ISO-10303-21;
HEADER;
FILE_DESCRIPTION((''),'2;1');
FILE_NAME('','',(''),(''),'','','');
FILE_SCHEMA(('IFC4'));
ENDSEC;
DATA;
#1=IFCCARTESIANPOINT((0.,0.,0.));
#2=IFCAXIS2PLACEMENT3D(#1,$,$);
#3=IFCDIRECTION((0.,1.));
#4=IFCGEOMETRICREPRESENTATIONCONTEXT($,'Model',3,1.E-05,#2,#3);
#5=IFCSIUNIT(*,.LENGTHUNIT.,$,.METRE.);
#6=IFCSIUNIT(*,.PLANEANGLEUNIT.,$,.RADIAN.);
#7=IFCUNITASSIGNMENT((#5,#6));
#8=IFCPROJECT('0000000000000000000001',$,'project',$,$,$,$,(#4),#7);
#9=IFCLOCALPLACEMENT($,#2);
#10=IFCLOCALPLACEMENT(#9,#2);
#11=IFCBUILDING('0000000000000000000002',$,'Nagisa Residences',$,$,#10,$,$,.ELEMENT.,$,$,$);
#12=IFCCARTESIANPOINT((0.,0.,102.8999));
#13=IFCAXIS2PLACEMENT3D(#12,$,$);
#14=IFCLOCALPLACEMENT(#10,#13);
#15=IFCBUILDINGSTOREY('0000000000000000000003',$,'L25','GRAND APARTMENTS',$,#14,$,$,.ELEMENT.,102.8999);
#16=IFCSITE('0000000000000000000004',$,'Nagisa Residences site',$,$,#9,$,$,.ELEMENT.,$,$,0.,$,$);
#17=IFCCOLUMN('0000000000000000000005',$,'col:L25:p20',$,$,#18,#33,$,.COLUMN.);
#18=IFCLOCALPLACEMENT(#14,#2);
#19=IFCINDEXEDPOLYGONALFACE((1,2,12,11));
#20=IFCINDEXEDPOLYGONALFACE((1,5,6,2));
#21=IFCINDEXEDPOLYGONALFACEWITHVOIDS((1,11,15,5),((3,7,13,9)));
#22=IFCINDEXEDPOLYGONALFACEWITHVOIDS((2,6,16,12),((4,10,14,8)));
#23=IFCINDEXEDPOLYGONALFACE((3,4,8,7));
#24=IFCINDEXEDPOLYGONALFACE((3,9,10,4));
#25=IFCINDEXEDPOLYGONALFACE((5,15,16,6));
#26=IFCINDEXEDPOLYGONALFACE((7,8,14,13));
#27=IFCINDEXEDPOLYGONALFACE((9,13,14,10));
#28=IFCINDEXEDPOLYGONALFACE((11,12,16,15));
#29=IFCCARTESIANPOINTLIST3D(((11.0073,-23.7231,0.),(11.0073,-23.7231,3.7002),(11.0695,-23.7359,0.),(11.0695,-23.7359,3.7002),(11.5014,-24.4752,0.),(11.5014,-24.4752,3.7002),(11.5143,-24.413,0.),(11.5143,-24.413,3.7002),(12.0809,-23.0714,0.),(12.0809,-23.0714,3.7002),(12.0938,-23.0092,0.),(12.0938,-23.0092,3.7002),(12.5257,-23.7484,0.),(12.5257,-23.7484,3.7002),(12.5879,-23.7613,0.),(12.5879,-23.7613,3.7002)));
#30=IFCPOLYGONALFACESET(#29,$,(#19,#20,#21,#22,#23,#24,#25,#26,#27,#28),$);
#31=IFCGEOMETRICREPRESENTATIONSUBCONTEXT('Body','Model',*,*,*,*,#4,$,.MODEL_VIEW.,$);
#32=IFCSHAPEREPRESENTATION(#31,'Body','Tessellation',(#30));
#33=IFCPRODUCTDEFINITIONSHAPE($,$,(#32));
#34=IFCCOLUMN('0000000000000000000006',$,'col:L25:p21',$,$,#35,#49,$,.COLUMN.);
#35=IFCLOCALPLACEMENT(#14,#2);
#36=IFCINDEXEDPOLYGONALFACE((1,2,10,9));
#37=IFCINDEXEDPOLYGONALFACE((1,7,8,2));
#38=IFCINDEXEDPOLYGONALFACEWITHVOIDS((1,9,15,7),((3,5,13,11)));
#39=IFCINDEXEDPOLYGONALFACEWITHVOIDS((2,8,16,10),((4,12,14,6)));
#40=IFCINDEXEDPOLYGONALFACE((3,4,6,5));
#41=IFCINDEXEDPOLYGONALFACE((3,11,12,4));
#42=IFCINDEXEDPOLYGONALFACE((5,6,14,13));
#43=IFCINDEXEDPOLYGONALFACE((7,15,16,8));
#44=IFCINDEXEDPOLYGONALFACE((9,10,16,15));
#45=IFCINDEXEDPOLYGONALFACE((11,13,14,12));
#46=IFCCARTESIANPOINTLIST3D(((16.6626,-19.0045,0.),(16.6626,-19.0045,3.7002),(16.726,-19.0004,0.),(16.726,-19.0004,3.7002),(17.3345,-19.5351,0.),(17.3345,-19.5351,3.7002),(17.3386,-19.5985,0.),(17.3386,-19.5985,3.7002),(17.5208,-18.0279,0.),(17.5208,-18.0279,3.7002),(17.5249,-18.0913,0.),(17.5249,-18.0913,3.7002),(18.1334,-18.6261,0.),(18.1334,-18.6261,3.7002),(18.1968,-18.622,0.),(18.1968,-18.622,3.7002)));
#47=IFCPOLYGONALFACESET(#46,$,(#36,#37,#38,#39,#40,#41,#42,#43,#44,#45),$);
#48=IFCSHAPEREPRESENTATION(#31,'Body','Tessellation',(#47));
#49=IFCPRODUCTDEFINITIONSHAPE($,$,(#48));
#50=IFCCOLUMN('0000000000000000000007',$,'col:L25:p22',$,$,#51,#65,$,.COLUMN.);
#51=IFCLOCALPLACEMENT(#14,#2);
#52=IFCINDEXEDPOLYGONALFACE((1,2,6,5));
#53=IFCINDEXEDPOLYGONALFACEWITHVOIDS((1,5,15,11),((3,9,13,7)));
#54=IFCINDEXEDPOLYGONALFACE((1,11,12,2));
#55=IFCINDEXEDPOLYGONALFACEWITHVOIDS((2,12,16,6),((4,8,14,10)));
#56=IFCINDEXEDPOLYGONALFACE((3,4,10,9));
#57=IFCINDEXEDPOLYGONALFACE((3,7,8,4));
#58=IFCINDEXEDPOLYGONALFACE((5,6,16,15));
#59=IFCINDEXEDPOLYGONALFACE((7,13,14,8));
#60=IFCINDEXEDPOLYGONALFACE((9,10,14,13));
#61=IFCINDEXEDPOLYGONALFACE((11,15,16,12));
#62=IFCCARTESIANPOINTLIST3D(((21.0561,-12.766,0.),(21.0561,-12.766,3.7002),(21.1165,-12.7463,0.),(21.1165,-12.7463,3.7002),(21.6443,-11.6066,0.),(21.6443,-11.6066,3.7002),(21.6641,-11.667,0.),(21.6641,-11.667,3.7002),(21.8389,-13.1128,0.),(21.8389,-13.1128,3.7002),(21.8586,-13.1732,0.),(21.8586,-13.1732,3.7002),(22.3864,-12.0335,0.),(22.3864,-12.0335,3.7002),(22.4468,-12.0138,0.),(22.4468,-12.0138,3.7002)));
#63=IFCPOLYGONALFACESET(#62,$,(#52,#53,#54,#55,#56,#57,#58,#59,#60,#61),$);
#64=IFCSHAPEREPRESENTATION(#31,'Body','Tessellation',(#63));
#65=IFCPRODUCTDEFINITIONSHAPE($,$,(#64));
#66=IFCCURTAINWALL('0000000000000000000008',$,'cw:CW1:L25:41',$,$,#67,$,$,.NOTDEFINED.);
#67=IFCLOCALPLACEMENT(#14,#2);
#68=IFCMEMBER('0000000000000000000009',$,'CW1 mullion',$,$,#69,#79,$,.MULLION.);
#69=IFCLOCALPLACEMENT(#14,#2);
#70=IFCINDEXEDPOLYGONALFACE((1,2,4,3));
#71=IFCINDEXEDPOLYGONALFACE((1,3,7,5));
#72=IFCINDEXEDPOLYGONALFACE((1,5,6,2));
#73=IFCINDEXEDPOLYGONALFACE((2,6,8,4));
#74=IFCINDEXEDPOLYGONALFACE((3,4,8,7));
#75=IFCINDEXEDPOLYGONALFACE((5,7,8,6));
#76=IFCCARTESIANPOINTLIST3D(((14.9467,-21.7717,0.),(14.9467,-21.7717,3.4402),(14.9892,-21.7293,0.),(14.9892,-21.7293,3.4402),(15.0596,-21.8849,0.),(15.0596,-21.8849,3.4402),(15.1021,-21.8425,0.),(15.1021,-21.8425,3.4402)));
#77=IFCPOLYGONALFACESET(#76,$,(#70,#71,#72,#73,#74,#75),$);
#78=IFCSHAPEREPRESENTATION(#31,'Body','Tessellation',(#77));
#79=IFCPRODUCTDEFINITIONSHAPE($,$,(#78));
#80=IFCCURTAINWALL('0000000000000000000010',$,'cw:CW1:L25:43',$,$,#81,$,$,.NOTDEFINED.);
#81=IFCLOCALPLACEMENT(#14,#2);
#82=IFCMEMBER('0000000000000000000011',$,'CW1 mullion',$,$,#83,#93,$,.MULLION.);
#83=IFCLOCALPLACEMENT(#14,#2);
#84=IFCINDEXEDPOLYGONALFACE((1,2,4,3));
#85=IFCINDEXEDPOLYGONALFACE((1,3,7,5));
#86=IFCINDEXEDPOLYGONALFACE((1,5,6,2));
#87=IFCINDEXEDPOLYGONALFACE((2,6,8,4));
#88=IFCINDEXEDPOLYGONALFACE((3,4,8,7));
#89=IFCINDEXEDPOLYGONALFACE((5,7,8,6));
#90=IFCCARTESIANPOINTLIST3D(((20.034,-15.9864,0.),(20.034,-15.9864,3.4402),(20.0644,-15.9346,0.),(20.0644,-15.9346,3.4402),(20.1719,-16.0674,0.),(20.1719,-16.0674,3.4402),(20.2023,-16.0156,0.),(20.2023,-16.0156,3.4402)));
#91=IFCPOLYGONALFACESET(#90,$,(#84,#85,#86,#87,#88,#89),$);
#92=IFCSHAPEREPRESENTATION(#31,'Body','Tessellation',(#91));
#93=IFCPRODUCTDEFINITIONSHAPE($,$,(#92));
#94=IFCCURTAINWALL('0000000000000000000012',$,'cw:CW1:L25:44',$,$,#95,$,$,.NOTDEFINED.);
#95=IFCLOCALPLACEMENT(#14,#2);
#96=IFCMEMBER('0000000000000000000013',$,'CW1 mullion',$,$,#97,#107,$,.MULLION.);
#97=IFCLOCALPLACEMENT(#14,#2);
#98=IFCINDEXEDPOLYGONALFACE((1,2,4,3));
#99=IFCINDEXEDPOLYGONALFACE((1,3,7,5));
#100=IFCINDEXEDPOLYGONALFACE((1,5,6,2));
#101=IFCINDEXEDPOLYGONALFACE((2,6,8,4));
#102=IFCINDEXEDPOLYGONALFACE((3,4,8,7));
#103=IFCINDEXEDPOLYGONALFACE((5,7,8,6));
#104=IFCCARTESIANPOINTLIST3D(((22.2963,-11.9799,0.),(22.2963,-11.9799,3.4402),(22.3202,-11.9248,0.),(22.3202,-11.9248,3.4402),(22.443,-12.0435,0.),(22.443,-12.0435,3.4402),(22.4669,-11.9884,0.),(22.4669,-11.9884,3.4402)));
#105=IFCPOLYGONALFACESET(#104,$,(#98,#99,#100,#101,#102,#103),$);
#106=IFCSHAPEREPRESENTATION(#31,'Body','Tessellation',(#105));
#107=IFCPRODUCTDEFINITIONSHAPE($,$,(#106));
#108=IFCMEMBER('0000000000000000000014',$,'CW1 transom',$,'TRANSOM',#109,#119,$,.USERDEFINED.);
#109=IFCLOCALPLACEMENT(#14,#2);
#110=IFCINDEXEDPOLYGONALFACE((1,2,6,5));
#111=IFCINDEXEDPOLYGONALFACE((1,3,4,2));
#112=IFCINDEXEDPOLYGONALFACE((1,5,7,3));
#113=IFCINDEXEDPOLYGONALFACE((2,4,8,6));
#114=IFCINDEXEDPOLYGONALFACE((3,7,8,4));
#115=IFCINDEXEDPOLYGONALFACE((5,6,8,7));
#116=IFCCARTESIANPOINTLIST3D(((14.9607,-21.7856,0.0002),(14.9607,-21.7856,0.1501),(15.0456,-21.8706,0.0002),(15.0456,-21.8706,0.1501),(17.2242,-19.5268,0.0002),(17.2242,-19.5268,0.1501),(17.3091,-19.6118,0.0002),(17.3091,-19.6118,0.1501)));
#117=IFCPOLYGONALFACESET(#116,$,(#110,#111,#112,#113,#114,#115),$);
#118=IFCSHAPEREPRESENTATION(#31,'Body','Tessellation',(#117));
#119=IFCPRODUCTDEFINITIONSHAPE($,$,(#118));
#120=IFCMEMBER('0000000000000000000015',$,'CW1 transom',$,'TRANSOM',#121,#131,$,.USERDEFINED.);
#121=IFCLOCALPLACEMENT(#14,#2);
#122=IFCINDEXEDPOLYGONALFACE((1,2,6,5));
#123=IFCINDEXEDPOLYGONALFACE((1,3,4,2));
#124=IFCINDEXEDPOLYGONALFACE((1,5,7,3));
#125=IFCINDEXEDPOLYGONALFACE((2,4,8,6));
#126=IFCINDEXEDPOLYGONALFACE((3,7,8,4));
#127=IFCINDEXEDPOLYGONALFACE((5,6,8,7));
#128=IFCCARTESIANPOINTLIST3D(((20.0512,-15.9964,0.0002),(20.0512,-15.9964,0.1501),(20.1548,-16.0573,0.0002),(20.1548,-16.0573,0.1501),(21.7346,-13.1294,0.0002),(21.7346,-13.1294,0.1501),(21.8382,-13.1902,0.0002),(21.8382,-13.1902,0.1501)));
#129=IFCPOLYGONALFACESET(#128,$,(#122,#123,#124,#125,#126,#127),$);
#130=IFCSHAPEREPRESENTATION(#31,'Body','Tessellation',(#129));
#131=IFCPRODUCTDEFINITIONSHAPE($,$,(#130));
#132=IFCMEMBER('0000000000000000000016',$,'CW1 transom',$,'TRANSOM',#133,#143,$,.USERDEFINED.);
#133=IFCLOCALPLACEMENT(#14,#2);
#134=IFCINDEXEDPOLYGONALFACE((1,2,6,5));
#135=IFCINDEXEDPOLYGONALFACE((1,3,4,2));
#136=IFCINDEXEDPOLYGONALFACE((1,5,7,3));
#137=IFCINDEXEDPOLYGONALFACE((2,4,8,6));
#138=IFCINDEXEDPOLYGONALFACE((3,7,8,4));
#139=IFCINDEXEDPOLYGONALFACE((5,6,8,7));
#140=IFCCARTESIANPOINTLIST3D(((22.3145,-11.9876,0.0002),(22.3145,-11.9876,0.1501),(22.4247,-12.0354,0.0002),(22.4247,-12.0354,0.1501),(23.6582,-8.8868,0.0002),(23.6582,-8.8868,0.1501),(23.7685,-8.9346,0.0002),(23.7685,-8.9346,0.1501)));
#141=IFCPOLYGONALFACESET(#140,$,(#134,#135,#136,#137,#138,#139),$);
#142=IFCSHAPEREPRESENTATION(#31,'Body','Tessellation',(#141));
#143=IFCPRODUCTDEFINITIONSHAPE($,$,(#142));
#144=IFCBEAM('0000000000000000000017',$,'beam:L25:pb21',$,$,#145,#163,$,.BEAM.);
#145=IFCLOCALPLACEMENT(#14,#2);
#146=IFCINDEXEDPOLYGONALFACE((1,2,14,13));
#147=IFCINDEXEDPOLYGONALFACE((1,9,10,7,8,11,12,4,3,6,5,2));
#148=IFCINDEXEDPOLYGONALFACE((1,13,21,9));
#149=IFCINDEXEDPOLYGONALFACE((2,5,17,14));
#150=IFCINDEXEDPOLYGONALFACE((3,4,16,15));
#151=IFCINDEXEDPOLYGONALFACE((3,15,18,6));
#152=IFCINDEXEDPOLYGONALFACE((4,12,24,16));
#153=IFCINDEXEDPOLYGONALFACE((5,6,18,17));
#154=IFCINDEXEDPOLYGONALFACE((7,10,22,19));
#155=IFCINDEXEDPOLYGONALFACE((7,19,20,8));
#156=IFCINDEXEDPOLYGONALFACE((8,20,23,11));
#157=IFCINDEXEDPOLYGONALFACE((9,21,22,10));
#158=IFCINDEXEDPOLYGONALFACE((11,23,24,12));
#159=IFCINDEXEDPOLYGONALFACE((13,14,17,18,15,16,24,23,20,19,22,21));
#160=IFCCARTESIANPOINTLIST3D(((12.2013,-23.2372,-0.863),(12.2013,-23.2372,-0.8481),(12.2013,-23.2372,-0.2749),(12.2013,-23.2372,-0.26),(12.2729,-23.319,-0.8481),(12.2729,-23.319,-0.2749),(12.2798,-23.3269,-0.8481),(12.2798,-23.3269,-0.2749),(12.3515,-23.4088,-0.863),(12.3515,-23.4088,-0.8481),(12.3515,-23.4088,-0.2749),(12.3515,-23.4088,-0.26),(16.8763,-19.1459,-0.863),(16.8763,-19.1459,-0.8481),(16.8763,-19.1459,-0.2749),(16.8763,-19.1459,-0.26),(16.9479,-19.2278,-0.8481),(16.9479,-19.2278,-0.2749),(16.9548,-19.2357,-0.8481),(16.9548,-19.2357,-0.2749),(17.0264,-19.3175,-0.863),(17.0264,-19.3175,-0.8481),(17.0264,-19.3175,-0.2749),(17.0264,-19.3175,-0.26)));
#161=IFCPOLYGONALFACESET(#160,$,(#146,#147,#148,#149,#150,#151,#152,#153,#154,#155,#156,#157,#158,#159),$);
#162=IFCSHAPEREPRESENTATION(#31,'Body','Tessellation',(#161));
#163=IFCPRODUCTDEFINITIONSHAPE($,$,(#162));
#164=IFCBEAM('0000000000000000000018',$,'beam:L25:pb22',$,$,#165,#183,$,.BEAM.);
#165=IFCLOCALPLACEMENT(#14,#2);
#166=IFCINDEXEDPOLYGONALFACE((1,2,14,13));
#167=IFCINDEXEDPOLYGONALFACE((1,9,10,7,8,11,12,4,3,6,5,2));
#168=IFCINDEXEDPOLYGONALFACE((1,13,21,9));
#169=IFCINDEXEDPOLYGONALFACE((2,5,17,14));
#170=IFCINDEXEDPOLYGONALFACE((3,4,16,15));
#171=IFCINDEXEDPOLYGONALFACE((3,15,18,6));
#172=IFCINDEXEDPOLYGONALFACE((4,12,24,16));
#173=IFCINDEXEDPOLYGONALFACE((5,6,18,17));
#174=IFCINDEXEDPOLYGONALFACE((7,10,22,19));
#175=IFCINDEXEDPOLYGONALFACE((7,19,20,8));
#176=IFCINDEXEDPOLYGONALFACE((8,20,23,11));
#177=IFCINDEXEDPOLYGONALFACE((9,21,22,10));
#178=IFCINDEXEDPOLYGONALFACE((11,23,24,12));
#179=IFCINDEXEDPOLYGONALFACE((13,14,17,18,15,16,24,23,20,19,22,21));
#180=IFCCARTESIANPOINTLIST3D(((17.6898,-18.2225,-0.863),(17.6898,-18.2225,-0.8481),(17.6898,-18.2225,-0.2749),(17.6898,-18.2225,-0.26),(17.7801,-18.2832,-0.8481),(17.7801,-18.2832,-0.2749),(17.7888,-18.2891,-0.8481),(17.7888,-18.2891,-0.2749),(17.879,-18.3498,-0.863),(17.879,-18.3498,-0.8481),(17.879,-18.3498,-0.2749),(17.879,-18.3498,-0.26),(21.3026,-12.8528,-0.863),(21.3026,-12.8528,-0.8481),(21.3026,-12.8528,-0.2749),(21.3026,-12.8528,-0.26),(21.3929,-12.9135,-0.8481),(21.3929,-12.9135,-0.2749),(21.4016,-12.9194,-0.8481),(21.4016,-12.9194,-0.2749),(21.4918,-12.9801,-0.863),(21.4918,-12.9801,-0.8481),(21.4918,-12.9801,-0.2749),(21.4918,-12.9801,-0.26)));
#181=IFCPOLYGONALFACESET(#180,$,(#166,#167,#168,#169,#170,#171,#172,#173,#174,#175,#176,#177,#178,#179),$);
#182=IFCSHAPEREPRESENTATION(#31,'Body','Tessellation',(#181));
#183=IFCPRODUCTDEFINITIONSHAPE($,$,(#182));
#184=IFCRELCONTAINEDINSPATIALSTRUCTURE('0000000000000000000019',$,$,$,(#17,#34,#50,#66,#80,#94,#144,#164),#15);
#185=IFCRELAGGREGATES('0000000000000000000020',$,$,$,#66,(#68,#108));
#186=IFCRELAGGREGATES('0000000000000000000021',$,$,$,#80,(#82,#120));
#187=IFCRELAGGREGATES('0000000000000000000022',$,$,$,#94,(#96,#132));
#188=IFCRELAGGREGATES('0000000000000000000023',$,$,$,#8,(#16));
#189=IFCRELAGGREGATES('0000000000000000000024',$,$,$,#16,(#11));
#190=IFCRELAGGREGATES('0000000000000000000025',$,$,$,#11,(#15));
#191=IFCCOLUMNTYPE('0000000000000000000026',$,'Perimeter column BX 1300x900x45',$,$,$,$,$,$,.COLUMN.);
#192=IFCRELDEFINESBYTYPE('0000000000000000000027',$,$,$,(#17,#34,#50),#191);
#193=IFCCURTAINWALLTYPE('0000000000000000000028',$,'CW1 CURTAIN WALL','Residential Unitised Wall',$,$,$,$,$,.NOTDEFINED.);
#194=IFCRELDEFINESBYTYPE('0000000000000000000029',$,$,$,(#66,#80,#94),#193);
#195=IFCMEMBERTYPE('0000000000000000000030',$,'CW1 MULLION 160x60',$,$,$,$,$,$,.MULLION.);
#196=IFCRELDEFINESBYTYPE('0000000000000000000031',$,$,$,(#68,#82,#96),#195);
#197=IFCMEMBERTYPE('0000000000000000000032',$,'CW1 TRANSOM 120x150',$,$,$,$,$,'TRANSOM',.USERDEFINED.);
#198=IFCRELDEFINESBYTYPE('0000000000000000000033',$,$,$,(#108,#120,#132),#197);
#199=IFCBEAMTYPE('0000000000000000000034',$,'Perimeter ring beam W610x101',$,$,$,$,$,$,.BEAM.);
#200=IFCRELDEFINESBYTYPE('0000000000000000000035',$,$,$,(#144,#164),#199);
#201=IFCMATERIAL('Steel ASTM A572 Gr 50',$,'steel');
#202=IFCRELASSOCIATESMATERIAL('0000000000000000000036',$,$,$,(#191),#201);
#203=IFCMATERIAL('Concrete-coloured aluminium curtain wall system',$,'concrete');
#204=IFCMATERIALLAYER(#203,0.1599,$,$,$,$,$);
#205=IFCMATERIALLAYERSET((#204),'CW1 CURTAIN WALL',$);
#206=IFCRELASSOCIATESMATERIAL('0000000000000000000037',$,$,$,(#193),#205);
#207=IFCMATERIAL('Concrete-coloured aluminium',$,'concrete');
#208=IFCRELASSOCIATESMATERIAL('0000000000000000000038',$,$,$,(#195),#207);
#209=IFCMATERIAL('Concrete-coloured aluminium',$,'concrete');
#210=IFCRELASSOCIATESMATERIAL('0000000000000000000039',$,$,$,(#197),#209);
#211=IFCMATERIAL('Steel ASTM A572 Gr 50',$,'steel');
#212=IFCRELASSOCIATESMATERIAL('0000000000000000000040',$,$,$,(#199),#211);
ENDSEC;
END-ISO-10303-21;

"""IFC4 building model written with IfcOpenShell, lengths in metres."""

from ifc_helpers import new_model, si_unit, direction, frame, origin, origin_2d, place, context, subcontext, project, spatial, rectangle, hollow_rectangle, i_section, extrude, material, layer, layer_set, material_profile, profile_set, type_object, element, aggregate, save


model = new_model("IFC4")

# Units and contexts
model_context = context("Model", 3, precision=1e-05, world=origin(), true_north=direction((0.0, 1.0)))
body_context = subcontext(model_context, "Body", "Model", "MODEL_VIEW")
ifc_project = project(units=[si_unit("LENGTHUNIT", "METRE"), si_unit("PLANEANGLEUNIT", "RADIAN")], contexts=[model_context])

# Site, building, storey
site_placement = place(None, origin())
site = spatial("IfcSite", under=ifc_project, at=site_placement, Name="Nagisa Residences site", CompositionType="ELEMENT", RefElevation=0.0)
building_placement = place(site_placement, origin())
building = spatial("IfcBuilding", under=site, at=building_placement, Name="Nagisa Residences", CompositionType="ELEMENT")
storey_placement = place(building_placement, frame((0.0, 0.0, 102.8999)))
storey = spatial("IfcBuildingStorey", under=building, at=storey_placement, Name="L25", Description="GRAND APARTMENTS", CompositionType="ELEMENT", Elevation=102.8999)

# Columns
ifc_material_1 = material(Name="Steel ASTM A572 Gr 50", Category="steel")
ifc_material_profile_1 = material_profile(ifc_material_1, hollow_rectangle(XDim=1.3, YDim=0.8999, WallThickness=0.0449, at=origin_2d()), Name="BX 1300x900x45")
ifc_profile_set_1 = profile_set([ifc_material_profile_1], Name="Steel ASTM A572 Gr 50")
column_type = type_object("IfcColumnType", Name="Perimeter column BX 1300x900x45", PredefinedType="COLUMN", material=ifc_profile_set_1)
for number, where, z_axis, x_axis, name in (
    (1, (11.7976, -23.7422, 0.0), (0.0, 0.0, 1.0), (0.835766, 0.549086, 0.0), "col:L25:p20"),
    (2, (17.4297, -18.8132, 0.0), (0.0, 0.0, 1.0), (0.660115, 0.751165, 0.0), "col:L25:p21"),
    (3, (21.7515, -12.3899, 0.0), (0.0, 0.0, 1.0), (0.452463, 0.891783, 0.0), "col:L25:p22"),
):
    element("IfcColumn", number, at=place(storey_placement, frame(where, z_axis=z_axis, x_axis=x_axis)), inside=storey, type_object=column_type, Name=name, PredefinedType="COLUMN", context=body_context, shape_type="SweptSolid", body=[
        extrude(hollow_rectangle(XDim=1.3, YDim=0.8999, WallThickness=0.0449, at=origin_2d()), origin(), (0.0, 0.0, 1.0), 3.7002),
    ])

# Curtain walls, members
ifc_material_2 = material(Name="Concrete-coloured aluminium curtain wall system", Category="concrete")
ifc_layer_1 = layer(ifc_material_2, 0.1599)
ifc_layer_set_1 = layer_set([ifc_layer_1], Name="CW1 CURTAIN WALL")
curtain_wall_type = type_object("IfcCurtainWallType", Name="CW1 CURTAIN WALL", Description="Residential Unitised Wall", PredefinedType="NOTDEFINED", material=ifc_layer_set_1)
curtain_wall_1_placement = place(storey_placement, origin())
curtain_wall_1 = element("IfcCurtainWall", 4, at=curtain_wall_1_placement, inside=storey, type_object=curtain_wall_type, Name="cw:CW1:L25:41", PredefinedType="NOTDEFINED")
ifc_material_3 = material(Name="Concrete-coloured aluminium", Category="concrete")
ifc_material_profile_2 = material_profile(ifc_material_3, rectangle(XDim=0.1599, YDim=0.0601, at=origin_2d()), Name="CW1 MULLION 160x60")
ifc_profile_set_2 = profile_set([ifc_material_profile_2], Name="Concrete-coloured aluminium")
member_type_1 = type_object("IfcMemberType", Name="CW1 MULLION 160x60", PredefinedType="MULLION", material=ifc_profile_set_2)
member_1_placement = place(storey_placement, frame((15.0244, -21.8071, 0.0), z_axis=(0.0, 0.0, 1.0), x_axis=(-0.706377, 0.707836, 0.0)))
member_1 = element("IfcMember", 5, at=member_1_placement, type_object=member_type_1, Name="CW1 mullion", PredefinedType="MULLION", context=body_context, shape_type="SweptSolid", body=[
    extrude(rectangle(XDim=0.1599, YDim=0.0601, at=origin_2d()), origin(), (0.0, 0.0, 1.0), 3.4402),
])
curtain_wall_2_placement = place(storey_placement, origin())
curtain_wall_2 = element("IfcCurtainWall", 6, at=curtain_wall_2_placement, inside=storey, type_object=curtain_wall_type, Name="cw:CW1:L25:43", PredefinedType="NOTDEFINED")
member_2_placement = place(storey_placement, frame((20.1182, -16.001, 0.0), z_axis=(0.0, 0.0, 1.0), x_axis=(-0.862329, 0.506349, 0.0)))
member_2 = element("IfcMember", 7, at=member_2_placement, type_object=member_type_1, Name="CW1 mullion", PredefinedType="MULLION", context=body_context, shape_type="SweptSolid", body=[
    extrude(rectangle(XDim=0.1599, YDim=0.0601, at=origin_2d()), origin(), (0.0, 0.0, 1.0), 3.4402),
])
curtain_wall_3_placement = place(storey_placement, origin())
curtain_wall_3 = element("IfcCurtainWall", 8, at=curtain_wall_3_placement, inside=storey, type_object=curtain_wall_type, Name="cw:CW1:L25:44", PredefinedType="NOTDEFINED")
member_3_placement = place(storey_placement, frame((22.3816, -11.9841, 0.0), z_axis=(0.0, 0.0, 1.0), x_axis=(-0.917543, 0.397636, 0.0)))
member_3 = element("IfcMember", 9, at=member_3_placement, type_object=member_type_1, Name="CW1 mullion", PredefinedType="MULLION", context=body_context, shape_type="SweptSolid", body=[
    extrude(rectangle(XDim=0.1599, YDim=0.0601, at=origin_2d()), origin(), (0.0, 0.0, 1.0), 3.4402),
])

# Members
ifc_material_4 = material(Name="Concrete-coloured aluminium", Category="concrete")
ifc_material_profile_3 = material_profile(ifc_material_4, rectangle(XDim=0.1201, YDim=0.1499, at=origin_2d()), Name="CW1 TRANSOM 120x150")
ifc_profile_set_3 = profile_set([ifc_material_profile_3], Name="Concrete-coloured aluminium")
member_type_2 = type_object("IfcMemberType", Name="CW1 TRANSOM 120x150", ElementType="TRANSOM", PredefinedType="USERDEFINED", material=ifc_profile_set_3)
member_4_placement = place(storey_placement, frame((15.0032, -21.8281, 0.0752), z_axis=(0.707832, 0.706381, 0.0), x_axis=(-0.706381, 0.707832, 0.0)))
member_4 = element("IfcMember", 10, at=member_4_placement, type_object=member_type_2, Name="CW1 transom", ObjectType="TRANSOM", PredefinedType="USERDEFINED", context=body_context, shape_type="SweptSolid", body=[
    extrude(rectangle(XDim=0.1201, YDim=0.1499, at=origin_2d()), origin(), (0.0, 0.0, 1.0), 3.1978),
])
member_5_placement = place(storey_placement, frame((20.103, -16.0269, 0.0752), z_axis=(0.50633, 0.86234, 0.0), x_axis=(-0.86234, 0.50633, 0.0)))
member_5 = element("IfcMember", 11, at=member_5_placement, type_object=member_type_2, Name="CW1 transom", ObjectType="TRANSOM", PredefinedType="USERDEFINED", context=body_context, shape_type="SweptSolid", body=[
    extrude(rectangle(XDim=0.1201, YDim=0.1499, at=origin_2d()), origin(), (0.0, 0.0, 1.0), 3.3247),
])
member_6_placement = place(storey_placement, frame((22.3696, -12.0115, 0.0752), z_axis=(0.397622, 0.917549, 0.0), x_axis=(-0.917549, 0.397622, 0.0)))
member_6 = element("IfcMember", 12, at=member_6_placement, type_object=member_type_2, Name="CW1 transom", ObjectType="TRANSOM", PredefinedType="USERDEFINED", context=body_context, shape_type="SweptSolid", body=[
    extrude(rectangle(XDim=0.1201, YDim=0.1499, at=origin_2d()), origin(), (0.0, 0.0, 1.0), 3.3794),
])

# Beams
ifc_material_5 = material(Name="Steel ASTM A572 Gr 50", Category="steel")
ifc_material_profile_4 = material_profile(ifc_material_5, i_section(OverallWidth=0.228, OverallDepth=0.603, WebThickness=0.0105, FlangeThickness=0.0149, at=origin_2d()), Name="W610x101")
ifc_profile_set_4 = profile_set([ifc_material_profile_4], Name="Steel ASTM A572 Gr 50")
beam_type_1 = type_object("IfcBeamType", Name="Perimeter ring beam W610x101", PredefinedType="BEAM", material=ifc_profile_set_4)
beam_1_placement = place(storey_placement, frame((12.2764, -23.323, -0.5615), z_axis=(0.752526, 0.658563, 0.0), x_axis=(-0.658563, 0.752526, 0.0)))
element("IfcBeam", 13, at=beam_1_placement, inside=storey, type_object=beam_type_1, Name="beam:L25:pb21", PredefinedType="BEAM", context=body_context, shape_type="SweptSolid", body=[
    extrude(i_section(OverallWidth=0.228, OverallDepth=0.603, WebThickness=0.0105, FlangeThickness=0.0149, at=origin_2d()), origin(), (0.0, 0.0, 1.0), 6.2124),
])
beam_2_placement = place(storey_placement, frame((17.7844, -18.2861, -0.5615), z_axis=(0.55823, 0.829687, 0.0), x_axis=(-0.829687, 0.55823, 0.0)))
element("IfcBeam", 14, at=beam_2_placement, inside=storey, type_object=beam_type_1, Name="beam:L25:pb22", PredefinedType="BEAM", context=body_context, shape_type="SweptSolid", body=[
    extrude(i_section(OverallWidth=0.228, OverallDepth=0.603, WebThickness=0.0105, FlangeThickness=0.0149, at=origin_2d()), origin(), (0.0, 0.0, 1.0), 6.4719),
])

aggregate(curtain_wall_1, [member_1, member_4])
aggregate(curtain_wall_2, [member_2, member_5])
aggregate(curtain_wall_3, [member_3, member_6])

save(model, "model.ifc")
